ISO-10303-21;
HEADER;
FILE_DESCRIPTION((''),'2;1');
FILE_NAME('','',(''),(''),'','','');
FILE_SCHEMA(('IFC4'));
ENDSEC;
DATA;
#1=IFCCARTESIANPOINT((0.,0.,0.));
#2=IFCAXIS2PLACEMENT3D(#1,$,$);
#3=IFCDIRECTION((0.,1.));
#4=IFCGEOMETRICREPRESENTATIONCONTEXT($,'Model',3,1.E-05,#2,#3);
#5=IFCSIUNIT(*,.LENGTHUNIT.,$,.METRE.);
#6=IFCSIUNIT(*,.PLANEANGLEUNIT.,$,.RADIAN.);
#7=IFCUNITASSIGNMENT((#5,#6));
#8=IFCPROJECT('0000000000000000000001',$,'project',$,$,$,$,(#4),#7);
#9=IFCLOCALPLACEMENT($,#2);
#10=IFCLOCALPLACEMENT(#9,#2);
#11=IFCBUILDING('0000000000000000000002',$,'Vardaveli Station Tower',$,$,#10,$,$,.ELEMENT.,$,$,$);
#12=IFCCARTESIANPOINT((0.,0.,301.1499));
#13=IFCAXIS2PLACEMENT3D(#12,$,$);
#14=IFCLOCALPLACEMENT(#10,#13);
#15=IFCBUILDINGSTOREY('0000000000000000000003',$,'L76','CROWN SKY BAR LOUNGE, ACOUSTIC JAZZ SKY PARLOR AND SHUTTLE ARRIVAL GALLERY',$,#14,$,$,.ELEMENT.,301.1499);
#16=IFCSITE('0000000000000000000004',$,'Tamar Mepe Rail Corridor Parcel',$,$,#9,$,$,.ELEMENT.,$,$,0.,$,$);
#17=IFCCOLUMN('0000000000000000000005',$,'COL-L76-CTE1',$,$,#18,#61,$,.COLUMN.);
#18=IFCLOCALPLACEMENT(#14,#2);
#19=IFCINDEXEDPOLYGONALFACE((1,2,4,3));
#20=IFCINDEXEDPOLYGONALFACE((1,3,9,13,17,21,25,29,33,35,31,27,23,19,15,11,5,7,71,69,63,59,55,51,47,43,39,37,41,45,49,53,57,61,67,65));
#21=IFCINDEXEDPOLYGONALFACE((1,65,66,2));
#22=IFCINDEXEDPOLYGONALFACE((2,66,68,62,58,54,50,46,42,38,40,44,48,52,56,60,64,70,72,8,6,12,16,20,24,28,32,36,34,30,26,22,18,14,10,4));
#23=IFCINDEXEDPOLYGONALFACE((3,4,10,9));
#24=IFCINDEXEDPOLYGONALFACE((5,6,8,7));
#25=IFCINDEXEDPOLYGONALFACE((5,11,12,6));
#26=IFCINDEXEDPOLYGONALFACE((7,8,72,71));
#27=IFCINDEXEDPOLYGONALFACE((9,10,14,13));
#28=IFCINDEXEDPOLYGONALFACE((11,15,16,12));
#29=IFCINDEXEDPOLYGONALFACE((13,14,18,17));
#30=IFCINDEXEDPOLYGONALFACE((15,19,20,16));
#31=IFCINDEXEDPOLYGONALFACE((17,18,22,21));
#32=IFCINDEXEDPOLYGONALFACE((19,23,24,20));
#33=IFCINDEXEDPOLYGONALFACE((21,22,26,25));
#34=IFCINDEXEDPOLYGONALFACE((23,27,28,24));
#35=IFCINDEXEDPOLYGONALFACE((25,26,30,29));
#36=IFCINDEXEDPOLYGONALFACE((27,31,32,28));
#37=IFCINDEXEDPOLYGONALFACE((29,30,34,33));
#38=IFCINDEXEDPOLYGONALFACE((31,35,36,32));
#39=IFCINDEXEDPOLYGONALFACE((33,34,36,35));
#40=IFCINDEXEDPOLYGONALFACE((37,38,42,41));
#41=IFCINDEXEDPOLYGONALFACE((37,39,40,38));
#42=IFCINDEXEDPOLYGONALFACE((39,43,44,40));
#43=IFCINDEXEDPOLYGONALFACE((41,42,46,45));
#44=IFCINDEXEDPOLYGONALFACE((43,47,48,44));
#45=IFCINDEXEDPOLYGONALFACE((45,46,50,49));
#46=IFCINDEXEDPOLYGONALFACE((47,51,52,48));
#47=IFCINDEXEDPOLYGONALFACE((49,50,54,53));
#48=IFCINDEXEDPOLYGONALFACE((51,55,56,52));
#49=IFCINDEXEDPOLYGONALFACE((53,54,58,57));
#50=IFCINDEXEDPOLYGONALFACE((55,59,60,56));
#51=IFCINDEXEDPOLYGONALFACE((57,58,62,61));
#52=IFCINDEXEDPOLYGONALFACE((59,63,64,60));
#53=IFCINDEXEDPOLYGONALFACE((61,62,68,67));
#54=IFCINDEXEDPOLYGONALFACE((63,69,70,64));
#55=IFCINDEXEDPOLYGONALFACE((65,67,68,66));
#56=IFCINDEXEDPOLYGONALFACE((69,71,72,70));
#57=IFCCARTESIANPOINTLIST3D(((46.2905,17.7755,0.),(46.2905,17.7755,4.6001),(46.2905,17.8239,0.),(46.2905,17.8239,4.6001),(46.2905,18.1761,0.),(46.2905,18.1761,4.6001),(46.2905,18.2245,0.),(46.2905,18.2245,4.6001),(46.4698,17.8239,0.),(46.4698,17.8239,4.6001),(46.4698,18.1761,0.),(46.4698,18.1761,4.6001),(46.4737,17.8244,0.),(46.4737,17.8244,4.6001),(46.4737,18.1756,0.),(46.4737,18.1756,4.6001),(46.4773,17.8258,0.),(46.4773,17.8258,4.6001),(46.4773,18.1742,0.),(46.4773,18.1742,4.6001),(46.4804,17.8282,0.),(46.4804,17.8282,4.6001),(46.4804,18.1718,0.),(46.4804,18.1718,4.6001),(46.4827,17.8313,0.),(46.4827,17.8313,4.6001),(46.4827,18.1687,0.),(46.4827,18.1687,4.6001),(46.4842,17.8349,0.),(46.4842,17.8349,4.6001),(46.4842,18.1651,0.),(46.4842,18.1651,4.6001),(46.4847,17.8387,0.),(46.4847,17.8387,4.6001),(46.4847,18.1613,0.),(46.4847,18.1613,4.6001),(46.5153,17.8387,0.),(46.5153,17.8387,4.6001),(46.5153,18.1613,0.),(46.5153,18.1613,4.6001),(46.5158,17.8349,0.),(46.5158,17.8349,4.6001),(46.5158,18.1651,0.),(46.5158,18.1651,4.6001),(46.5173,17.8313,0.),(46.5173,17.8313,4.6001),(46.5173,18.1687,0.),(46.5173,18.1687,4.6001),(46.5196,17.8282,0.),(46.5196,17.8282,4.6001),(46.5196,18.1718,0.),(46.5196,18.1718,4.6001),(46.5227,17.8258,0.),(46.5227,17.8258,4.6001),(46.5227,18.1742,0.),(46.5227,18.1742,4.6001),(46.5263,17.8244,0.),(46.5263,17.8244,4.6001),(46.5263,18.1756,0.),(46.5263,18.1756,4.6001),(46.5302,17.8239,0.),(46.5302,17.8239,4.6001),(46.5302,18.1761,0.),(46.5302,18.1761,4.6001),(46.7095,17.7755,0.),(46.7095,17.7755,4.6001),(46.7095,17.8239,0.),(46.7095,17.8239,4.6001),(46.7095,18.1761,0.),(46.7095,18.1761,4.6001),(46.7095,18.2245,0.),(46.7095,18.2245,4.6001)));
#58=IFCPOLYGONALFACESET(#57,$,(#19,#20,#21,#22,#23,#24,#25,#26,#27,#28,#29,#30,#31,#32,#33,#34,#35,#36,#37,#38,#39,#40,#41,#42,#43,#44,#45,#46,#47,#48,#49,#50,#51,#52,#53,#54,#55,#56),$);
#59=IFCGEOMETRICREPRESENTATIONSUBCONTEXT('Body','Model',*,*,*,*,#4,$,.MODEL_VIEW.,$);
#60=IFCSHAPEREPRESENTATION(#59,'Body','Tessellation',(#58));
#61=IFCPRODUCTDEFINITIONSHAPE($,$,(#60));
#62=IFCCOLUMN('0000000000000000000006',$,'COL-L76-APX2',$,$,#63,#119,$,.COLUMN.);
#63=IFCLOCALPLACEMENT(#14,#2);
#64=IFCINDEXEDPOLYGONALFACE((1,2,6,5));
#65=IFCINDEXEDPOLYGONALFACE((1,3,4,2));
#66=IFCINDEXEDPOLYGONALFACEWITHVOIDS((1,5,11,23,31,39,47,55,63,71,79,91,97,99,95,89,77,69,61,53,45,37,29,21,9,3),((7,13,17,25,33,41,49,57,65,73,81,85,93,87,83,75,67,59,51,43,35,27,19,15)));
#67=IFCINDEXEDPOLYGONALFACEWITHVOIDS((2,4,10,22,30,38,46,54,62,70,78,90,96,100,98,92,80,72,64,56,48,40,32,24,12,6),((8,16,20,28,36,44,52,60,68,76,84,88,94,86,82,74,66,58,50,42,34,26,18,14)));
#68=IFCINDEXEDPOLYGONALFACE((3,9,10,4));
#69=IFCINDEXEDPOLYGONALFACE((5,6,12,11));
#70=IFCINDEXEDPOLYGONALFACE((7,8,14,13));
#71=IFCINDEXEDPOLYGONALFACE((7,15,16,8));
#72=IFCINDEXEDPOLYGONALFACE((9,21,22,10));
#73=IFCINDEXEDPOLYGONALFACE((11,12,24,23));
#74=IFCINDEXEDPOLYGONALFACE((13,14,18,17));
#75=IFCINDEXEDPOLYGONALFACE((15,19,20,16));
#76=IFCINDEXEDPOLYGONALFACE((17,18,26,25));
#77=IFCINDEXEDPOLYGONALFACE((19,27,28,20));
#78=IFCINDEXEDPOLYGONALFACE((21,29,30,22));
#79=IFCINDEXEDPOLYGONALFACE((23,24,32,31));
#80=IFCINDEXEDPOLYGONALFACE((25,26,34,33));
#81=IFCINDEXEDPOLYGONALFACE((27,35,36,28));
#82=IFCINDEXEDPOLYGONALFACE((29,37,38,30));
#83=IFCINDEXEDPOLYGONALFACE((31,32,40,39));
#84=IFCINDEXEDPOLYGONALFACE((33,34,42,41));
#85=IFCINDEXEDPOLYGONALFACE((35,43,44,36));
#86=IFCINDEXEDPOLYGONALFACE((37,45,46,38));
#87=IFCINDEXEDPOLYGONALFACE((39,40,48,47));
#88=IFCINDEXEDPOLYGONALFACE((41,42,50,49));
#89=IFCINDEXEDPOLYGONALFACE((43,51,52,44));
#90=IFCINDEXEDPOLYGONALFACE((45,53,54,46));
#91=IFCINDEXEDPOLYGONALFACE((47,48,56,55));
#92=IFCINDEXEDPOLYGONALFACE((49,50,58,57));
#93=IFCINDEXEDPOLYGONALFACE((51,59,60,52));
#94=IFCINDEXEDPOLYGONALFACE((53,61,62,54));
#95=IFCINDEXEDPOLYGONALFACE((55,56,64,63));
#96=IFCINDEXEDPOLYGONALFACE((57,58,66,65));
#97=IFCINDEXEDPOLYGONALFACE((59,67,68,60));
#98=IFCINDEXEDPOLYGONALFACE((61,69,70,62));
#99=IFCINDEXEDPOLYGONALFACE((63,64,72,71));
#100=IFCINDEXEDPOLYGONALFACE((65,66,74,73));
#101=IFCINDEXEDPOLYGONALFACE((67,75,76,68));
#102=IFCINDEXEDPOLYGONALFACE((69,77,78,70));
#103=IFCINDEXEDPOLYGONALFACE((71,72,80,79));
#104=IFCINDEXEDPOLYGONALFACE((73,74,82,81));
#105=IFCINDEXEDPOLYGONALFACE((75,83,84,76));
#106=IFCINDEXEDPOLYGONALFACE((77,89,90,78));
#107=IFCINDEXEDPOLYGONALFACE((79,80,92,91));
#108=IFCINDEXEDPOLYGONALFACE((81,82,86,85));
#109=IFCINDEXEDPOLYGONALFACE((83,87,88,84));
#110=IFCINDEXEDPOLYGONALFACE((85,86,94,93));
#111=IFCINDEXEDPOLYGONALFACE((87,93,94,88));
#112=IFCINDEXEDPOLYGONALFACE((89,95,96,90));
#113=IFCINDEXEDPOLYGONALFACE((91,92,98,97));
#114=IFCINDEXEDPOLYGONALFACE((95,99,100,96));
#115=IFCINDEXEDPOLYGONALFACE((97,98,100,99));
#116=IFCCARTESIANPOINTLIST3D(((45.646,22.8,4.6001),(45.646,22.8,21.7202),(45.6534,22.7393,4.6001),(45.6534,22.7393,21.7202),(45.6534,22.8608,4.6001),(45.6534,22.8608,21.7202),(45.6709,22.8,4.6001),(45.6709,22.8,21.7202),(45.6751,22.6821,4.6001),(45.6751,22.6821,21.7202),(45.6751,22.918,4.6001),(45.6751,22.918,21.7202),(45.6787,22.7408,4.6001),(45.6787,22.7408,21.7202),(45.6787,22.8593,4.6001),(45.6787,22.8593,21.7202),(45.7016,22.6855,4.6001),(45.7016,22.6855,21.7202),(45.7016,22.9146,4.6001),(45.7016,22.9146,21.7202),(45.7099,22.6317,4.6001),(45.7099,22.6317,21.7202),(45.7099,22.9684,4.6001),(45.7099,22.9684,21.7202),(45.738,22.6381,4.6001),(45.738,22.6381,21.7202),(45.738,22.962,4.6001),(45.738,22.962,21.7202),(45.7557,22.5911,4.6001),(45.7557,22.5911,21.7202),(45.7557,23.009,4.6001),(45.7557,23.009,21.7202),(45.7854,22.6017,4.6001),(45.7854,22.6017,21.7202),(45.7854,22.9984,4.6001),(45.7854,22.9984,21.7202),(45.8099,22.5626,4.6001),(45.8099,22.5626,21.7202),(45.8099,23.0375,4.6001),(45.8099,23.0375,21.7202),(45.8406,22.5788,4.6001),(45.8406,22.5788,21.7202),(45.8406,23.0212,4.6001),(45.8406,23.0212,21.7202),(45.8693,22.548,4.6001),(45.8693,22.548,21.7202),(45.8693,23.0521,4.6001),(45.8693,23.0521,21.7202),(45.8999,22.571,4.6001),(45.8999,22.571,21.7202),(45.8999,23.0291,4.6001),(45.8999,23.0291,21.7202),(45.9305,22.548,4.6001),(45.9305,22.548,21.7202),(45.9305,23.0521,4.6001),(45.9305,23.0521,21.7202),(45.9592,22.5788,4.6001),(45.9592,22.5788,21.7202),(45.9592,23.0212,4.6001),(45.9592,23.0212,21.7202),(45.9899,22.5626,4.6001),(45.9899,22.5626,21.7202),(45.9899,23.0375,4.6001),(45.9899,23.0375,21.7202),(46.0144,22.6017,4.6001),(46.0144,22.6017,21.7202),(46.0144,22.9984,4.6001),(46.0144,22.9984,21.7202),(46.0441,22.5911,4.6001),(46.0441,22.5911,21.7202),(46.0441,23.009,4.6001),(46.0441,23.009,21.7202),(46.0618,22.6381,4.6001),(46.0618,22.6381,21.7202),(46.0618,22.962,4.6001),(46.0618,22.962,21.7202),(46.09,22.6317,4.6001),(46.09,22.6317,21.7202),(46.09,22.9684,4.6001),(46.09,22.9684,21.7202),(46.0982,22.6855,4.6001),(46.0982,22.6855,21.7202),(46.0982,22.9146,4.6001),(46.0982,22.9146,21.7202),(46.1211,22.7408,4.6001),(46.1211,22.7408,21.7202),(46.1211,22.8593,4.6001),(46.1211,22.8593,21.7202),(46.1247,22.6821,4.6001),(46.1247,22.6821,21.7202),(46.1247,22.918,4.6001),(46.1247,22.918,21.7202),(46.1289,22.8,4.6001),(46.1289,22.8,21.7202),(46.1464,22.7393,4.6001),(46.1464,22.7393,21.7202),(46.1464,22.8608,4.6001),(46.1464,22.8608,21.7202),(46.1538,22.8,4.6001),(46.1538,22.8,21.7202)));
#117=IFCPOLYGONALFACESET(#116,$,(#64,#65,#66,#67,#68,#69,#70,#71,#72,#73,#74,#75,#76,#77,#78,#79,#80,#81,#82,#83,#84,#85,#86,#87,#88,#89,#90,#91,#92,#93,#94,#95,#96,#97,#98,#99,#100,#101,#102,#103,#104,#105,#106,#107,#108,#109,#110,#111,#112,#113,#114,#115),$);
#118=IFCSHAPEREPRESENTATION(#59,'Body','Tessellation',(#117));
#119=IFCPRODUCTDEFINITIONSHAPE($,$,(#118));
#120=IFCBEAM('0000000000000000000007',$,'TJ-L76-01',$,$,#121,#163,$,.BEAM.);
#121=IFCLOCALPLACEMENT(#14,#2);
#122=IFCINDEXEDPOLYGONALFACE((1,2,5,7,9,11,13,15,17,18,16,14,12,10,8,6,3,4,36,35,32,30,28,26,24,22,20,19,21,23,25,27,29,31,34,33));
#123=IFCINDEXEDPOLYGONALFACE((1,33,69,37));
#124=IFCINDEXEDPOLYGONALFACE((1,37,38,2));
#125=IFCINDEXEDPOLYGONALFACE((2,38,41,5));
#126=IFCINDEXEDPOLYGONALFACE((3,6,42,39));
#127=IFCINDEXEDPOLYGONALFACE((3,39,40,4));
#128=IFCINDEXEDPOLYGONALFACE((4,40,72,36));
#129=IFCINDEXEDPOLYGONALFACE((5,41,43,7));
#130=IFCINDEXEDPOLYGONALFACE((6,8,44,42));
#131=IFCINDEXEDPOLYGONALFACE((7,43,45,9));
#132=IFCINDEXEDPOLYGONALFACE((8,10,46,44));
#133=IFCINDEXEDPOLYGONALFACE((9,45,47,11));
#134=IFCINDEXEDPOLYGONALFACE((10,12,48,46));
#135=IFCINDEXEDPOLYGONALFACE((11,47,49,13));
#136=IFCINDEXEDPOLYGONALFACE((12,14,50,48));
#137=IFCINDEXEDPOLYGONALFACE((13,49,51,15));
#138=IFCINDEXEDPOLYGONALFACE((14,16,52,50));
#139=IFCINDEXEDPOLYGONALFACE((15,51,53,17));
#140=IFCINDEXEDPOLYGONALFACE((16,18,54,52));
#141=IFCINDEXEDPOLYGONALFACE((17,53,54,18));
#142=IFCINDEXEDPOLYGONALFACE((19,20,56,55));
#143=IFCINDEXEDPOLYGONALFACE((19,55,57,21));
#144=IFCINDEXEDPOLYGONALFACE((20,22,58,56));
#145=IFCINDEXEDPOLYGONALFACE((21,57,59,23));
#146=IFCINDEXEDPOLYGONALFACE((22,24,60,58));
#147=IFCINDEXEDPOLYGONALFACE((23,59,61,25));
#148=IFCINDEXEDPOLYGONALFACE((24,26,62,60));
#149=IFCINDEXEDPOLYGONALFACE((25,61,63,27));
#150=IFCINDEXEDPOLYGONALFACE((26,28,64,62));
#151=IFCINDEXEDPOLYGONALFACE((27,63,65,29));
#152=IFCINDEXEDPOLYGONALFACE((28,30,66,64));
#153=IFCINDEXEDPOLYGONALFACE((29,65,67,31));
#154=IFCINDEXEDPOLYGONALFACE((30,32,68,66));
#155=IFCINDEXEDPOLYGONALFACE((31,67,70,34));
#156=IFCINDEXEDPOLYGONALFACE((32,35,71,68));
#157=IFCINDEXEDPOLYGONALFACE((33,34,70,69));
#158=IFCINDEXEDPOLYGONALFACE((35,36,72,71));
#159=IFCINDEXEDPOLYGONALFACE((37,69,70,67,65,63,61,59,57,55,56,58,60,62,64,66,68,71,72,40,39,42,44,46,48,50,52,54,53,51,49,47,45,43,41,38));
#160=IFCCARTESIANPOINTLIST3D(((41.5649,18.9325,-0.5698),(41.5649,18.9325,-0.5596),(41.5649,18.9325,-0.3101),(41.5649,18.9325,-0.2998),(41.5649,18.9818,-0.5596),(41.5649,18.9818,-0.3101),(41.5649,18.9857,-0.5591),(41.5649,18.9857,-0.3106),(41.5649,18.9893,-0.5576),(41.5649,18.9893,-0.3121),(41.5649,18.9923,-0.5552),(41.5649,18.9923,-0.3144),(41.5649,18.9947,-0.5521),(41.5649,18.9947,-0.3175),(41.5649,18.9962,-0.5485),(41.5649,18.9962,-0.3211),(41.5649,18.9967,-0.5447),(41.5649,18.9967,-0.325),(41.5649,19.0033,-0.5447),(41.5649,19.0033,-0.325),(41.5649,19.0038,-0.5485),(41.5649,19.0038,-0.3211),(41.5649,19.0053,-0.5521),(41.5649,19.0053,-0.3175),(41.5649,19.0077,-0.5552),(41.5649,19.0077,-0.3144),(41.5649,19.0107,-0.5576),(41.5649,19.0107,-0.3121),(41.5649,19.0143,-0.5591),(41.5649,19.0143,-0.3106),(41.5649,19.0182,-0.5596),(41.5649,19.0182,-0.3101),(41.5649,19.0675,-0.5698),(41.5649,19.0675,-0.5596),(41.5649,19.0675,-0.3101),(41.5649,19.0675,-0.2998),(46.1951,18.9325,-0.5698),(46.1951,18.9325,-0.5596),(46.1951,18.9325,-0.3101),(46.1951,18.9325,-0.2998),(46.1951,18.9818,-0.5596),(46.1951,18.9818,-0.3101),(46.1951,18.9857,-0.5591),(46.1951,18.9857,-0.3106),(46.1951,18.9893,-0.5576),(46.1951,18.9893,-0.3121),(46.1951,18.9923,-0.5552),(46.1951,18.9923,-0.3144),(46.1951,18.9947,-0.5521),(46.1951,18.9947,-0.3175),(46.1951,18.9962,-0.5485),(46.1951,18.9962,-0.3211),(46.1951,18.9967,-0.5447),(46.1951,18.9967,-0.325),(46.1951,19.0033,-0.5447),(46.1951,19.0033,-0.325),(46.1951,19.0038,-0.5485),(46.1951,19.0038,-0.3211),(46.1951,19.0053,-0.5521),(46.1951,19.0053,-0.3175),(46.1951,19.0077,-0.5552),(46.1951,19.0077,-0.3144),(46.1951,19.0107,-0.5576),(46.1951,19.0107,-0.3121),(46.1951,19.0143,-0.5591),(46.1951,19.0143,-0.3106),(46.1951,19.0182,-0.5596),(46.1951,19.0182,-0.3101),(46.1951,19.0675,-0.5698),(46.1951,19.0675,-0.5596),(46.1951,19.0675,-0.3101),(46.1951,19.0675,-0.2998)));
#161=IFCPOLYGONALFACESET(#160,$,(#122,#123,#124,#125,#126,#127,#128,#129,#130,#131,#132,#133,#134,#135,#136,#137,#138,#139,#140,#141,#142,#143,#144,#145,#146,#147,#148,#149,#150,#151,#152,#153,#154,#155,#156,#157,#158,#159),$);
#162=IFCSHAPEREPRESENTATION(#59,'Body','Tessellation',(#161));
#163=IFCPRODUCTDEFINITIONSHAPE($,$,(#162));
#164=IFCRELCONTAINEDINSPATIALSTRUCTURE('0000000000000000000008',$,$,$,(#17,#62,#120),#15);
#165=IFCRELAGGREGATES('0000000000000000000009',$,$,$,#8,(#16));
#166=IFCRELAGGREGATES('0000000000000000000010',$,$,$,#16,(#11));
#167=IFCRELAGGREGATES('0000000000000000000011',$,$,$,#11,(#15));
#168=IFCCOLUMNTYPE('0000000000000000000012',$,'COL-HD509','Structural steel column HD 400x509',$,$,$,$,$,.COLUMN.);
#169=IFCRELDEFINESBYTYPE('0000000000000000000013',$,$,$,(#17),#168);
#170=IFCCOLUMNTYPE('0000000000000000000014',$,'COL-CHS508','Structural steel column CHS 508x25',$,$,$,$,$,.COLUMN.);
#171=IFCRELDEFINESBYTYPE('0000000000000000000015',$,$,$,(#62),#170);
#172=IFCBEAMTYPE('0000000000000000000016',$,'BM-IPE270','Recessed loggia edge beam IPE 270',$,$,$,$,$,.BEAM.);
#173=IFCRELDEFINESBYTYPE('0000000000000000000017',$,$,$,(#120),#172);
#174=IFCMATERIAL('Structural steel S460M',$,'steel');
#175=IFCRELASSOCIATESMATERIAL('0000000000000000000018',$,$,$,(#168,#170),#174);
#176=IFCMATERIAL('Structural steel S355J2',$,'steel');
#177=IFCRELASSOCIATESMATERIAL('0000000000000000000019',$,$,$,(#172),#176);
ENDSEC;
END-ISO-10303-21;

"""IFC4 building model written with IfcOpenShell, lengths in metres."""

from ifc_helpers import new_model, si_unit, direction, frame, origin, origin_2d, place, context, subcontext, project, spatial, hollow_circle, i_section, extrude, source, transform, mapped, material, material_profile, profile_set, type_object, element, save


model = new_model("IFC4")

# Units and contexts
model_context = context("Model", 3, precision=1e-05, world=origin(), true_north=direction((0.0, 1.0)))
body_context = subcontext(model_context, "Body", "Model", "MODEL_VIEW")
ifc_project = project(units=[si_unit("LENGTHUNIT", "METRE"), si_unit("PLANEANGLEUNIT", "RADIAN")], contexts=[model_context])

# Site, building, storey
site_placement = place(None, origin())
site = spatial("IfcSite", under=ifc_project, at=site_placement, Name="Tamar Mepe Rail Corridor Parcel", CompositionType="ELEMENT", RefElevation=0.0)
building_placement = place(site_placement, origin())
building = spatial("IfcBuilding", under=site, at=building_placement, Name="Vardaveli Station Tower", CompositionType="ELEMENT")
storey_placement = place(building_placement, frame((0.0, 0.0, 301.1499)))
storey = spatial("IfcBuildingStorey", under=building, at=storey_placement, Name="L76", Description="CROWN SKY BAR LOUNGE, ACOUSTIC JAZZ SKY PARLOR AND SHUTTLE ARRIVAL GALLERY", CompositionType="ELEMENT", Elevation=301.1499)

# Columns
ifc_material_1 = material(Name="Structural steel S460M", Category="steel")
ifc_material_profile_1 = material_profile(ifc_material_1, i_section(OverallWidth=0.4189, OverallDepth=0.449, WebThickness=0.0305, FlangeThickness=0.0483, FilletRadius=0.0149, at=origin_2d()), Name="HD 400x509")
ifc_profile_set_1 = profile_set([ifc_material_profile_1], Name="Structural steel S460M")
column_type_1 = type_object("IfcColumnType", Name="COL-HD509", Description="Structural steel column HD 400x509", PredefinedType="COLUMN", material=ifc_profile_set_1)
shared_shape_1 = source(origin(), body_context, "Body", "SweptSolid", [
    extrude(i_section(OverallWidth=0.4189, OverallDepth=0.449, WebThickness=0.0305, FlangeThickness=0.0483, FilletRadius=0.0149, at=origin_2d()), origin(), (0.0, 0.0, 1.0), 4.6001),
])
column_1_placement = place(storey_placement, frame((46.5, 18.0, 0.0), z_axis=(0.0, 0.0, 1.0), x_axis=(1.0, 0.0, 0.0)))
element("IfcColumn", 1, at=column_1_placement, inside=storey, type_object=column_type_1, Name="COL-L76-CTE1", PredefinedType="COLUMN", context=body_context, shape_type="MappedRepresentation", body=[
    mapped(shared_shape_1, transform((0.0, 0.0, 0.0), scale=1.0)),
])
ifc_material_profile_2 = material_profile(ifc_material_1, hollow_circle(Radius=0.2539, WallThickness=0.0249, at=origin_2d()), Name="CHS 508x25")
ifc_profile_set_2 = profile_set([ifc_material_profile_2], Name="Structural steel S460M")
column_type_2 = type_object("IfcColumnType", Name="COL-CHS508", Description="Structural steel column CHS 508x25", PredefinedType="COLUMN", material=ifc_profile_set_2)
shared_shape_2 = source(origin(), body_context, "Body", "SweptSolid", [
    extrude(hollow_circle(Radius=0.2539, WallThickness=0.0249, at=origin_2d()), origin(), (0.0, 0.0, 1.0), 17.1201),
])
column_2_placement = place(storey_placement, frame((45.8999, 22.8, 4.6001), z_axis=(0.0, 0.0, 1.0), x_axis=(1.0, 0.0, 0.0)))
element("IfcColumn", 2, at=column_2_placement, inside=storey, type_object=column_type_2, Name="COL-L76-APX2", PredefinedType="COLUMN", context=body_context, shape_type="MappedRepresentation", body=[
    mapped(shared_shape_2, transform((0.0, 0.0, 0.0), scale=1.0)),
])

# Beam
ifc_material_2 = material(Name="Structural steel S355J2", Category="steel")
ifc_material_profile_3 = material_profile(ifc_material_2, i_section(OverallWidth=0.135, OverallDepth=0.27, WebThickness=0.0066, FlangeThickness=0.0103, FilletRadius=0.0149, at=origin_2d()), Name="IPE 270")
ifc_profile_set_3 = profile_set([ifc_material_profile_3], Name="Structural steel S355J2")
beam_type_1 = type_object("IfcBeamType", Name="BM-IPE270", Description="Recessed loggia edge beam IPE 270", PredefinedType="BEAM", material=ifc_profile_set_3)
shared_shape_3 = source(origin(), body_context, "Body", "SweptSolid", [
    extrude(i_section(OverallWidth=0.135, OverallDepth=0.27, WebThickness=0.0066, FlangeThickness=0.0103, FilletRadius=0.0149, at=origin_2d()), origin(), (0.0, 0.0, 1.0), 4.6301),
])
for number, where, z_axis, x_axis, name in (
    (3, (41.5649, 19.0, -0.4348), (1.0, 0.0, 0.0), (0.0, 1.0, 0.0), "TJ-L76-01"),
):
    element("IfcBeam", number, at=place(storey_placement, frame(where, z_axis=z_axis, x_axis=x_axis)), inside=storey, type_object=beam_type_1, Name=name, PredefinedType="BEAM", context=body_context, shape_type="MappedRepresentation", body=[
        mapped(shared_shape_3, transform((0.0, 0.0, 0.0), scale=1.0)),
    ])

save(model, "model.ifc")
